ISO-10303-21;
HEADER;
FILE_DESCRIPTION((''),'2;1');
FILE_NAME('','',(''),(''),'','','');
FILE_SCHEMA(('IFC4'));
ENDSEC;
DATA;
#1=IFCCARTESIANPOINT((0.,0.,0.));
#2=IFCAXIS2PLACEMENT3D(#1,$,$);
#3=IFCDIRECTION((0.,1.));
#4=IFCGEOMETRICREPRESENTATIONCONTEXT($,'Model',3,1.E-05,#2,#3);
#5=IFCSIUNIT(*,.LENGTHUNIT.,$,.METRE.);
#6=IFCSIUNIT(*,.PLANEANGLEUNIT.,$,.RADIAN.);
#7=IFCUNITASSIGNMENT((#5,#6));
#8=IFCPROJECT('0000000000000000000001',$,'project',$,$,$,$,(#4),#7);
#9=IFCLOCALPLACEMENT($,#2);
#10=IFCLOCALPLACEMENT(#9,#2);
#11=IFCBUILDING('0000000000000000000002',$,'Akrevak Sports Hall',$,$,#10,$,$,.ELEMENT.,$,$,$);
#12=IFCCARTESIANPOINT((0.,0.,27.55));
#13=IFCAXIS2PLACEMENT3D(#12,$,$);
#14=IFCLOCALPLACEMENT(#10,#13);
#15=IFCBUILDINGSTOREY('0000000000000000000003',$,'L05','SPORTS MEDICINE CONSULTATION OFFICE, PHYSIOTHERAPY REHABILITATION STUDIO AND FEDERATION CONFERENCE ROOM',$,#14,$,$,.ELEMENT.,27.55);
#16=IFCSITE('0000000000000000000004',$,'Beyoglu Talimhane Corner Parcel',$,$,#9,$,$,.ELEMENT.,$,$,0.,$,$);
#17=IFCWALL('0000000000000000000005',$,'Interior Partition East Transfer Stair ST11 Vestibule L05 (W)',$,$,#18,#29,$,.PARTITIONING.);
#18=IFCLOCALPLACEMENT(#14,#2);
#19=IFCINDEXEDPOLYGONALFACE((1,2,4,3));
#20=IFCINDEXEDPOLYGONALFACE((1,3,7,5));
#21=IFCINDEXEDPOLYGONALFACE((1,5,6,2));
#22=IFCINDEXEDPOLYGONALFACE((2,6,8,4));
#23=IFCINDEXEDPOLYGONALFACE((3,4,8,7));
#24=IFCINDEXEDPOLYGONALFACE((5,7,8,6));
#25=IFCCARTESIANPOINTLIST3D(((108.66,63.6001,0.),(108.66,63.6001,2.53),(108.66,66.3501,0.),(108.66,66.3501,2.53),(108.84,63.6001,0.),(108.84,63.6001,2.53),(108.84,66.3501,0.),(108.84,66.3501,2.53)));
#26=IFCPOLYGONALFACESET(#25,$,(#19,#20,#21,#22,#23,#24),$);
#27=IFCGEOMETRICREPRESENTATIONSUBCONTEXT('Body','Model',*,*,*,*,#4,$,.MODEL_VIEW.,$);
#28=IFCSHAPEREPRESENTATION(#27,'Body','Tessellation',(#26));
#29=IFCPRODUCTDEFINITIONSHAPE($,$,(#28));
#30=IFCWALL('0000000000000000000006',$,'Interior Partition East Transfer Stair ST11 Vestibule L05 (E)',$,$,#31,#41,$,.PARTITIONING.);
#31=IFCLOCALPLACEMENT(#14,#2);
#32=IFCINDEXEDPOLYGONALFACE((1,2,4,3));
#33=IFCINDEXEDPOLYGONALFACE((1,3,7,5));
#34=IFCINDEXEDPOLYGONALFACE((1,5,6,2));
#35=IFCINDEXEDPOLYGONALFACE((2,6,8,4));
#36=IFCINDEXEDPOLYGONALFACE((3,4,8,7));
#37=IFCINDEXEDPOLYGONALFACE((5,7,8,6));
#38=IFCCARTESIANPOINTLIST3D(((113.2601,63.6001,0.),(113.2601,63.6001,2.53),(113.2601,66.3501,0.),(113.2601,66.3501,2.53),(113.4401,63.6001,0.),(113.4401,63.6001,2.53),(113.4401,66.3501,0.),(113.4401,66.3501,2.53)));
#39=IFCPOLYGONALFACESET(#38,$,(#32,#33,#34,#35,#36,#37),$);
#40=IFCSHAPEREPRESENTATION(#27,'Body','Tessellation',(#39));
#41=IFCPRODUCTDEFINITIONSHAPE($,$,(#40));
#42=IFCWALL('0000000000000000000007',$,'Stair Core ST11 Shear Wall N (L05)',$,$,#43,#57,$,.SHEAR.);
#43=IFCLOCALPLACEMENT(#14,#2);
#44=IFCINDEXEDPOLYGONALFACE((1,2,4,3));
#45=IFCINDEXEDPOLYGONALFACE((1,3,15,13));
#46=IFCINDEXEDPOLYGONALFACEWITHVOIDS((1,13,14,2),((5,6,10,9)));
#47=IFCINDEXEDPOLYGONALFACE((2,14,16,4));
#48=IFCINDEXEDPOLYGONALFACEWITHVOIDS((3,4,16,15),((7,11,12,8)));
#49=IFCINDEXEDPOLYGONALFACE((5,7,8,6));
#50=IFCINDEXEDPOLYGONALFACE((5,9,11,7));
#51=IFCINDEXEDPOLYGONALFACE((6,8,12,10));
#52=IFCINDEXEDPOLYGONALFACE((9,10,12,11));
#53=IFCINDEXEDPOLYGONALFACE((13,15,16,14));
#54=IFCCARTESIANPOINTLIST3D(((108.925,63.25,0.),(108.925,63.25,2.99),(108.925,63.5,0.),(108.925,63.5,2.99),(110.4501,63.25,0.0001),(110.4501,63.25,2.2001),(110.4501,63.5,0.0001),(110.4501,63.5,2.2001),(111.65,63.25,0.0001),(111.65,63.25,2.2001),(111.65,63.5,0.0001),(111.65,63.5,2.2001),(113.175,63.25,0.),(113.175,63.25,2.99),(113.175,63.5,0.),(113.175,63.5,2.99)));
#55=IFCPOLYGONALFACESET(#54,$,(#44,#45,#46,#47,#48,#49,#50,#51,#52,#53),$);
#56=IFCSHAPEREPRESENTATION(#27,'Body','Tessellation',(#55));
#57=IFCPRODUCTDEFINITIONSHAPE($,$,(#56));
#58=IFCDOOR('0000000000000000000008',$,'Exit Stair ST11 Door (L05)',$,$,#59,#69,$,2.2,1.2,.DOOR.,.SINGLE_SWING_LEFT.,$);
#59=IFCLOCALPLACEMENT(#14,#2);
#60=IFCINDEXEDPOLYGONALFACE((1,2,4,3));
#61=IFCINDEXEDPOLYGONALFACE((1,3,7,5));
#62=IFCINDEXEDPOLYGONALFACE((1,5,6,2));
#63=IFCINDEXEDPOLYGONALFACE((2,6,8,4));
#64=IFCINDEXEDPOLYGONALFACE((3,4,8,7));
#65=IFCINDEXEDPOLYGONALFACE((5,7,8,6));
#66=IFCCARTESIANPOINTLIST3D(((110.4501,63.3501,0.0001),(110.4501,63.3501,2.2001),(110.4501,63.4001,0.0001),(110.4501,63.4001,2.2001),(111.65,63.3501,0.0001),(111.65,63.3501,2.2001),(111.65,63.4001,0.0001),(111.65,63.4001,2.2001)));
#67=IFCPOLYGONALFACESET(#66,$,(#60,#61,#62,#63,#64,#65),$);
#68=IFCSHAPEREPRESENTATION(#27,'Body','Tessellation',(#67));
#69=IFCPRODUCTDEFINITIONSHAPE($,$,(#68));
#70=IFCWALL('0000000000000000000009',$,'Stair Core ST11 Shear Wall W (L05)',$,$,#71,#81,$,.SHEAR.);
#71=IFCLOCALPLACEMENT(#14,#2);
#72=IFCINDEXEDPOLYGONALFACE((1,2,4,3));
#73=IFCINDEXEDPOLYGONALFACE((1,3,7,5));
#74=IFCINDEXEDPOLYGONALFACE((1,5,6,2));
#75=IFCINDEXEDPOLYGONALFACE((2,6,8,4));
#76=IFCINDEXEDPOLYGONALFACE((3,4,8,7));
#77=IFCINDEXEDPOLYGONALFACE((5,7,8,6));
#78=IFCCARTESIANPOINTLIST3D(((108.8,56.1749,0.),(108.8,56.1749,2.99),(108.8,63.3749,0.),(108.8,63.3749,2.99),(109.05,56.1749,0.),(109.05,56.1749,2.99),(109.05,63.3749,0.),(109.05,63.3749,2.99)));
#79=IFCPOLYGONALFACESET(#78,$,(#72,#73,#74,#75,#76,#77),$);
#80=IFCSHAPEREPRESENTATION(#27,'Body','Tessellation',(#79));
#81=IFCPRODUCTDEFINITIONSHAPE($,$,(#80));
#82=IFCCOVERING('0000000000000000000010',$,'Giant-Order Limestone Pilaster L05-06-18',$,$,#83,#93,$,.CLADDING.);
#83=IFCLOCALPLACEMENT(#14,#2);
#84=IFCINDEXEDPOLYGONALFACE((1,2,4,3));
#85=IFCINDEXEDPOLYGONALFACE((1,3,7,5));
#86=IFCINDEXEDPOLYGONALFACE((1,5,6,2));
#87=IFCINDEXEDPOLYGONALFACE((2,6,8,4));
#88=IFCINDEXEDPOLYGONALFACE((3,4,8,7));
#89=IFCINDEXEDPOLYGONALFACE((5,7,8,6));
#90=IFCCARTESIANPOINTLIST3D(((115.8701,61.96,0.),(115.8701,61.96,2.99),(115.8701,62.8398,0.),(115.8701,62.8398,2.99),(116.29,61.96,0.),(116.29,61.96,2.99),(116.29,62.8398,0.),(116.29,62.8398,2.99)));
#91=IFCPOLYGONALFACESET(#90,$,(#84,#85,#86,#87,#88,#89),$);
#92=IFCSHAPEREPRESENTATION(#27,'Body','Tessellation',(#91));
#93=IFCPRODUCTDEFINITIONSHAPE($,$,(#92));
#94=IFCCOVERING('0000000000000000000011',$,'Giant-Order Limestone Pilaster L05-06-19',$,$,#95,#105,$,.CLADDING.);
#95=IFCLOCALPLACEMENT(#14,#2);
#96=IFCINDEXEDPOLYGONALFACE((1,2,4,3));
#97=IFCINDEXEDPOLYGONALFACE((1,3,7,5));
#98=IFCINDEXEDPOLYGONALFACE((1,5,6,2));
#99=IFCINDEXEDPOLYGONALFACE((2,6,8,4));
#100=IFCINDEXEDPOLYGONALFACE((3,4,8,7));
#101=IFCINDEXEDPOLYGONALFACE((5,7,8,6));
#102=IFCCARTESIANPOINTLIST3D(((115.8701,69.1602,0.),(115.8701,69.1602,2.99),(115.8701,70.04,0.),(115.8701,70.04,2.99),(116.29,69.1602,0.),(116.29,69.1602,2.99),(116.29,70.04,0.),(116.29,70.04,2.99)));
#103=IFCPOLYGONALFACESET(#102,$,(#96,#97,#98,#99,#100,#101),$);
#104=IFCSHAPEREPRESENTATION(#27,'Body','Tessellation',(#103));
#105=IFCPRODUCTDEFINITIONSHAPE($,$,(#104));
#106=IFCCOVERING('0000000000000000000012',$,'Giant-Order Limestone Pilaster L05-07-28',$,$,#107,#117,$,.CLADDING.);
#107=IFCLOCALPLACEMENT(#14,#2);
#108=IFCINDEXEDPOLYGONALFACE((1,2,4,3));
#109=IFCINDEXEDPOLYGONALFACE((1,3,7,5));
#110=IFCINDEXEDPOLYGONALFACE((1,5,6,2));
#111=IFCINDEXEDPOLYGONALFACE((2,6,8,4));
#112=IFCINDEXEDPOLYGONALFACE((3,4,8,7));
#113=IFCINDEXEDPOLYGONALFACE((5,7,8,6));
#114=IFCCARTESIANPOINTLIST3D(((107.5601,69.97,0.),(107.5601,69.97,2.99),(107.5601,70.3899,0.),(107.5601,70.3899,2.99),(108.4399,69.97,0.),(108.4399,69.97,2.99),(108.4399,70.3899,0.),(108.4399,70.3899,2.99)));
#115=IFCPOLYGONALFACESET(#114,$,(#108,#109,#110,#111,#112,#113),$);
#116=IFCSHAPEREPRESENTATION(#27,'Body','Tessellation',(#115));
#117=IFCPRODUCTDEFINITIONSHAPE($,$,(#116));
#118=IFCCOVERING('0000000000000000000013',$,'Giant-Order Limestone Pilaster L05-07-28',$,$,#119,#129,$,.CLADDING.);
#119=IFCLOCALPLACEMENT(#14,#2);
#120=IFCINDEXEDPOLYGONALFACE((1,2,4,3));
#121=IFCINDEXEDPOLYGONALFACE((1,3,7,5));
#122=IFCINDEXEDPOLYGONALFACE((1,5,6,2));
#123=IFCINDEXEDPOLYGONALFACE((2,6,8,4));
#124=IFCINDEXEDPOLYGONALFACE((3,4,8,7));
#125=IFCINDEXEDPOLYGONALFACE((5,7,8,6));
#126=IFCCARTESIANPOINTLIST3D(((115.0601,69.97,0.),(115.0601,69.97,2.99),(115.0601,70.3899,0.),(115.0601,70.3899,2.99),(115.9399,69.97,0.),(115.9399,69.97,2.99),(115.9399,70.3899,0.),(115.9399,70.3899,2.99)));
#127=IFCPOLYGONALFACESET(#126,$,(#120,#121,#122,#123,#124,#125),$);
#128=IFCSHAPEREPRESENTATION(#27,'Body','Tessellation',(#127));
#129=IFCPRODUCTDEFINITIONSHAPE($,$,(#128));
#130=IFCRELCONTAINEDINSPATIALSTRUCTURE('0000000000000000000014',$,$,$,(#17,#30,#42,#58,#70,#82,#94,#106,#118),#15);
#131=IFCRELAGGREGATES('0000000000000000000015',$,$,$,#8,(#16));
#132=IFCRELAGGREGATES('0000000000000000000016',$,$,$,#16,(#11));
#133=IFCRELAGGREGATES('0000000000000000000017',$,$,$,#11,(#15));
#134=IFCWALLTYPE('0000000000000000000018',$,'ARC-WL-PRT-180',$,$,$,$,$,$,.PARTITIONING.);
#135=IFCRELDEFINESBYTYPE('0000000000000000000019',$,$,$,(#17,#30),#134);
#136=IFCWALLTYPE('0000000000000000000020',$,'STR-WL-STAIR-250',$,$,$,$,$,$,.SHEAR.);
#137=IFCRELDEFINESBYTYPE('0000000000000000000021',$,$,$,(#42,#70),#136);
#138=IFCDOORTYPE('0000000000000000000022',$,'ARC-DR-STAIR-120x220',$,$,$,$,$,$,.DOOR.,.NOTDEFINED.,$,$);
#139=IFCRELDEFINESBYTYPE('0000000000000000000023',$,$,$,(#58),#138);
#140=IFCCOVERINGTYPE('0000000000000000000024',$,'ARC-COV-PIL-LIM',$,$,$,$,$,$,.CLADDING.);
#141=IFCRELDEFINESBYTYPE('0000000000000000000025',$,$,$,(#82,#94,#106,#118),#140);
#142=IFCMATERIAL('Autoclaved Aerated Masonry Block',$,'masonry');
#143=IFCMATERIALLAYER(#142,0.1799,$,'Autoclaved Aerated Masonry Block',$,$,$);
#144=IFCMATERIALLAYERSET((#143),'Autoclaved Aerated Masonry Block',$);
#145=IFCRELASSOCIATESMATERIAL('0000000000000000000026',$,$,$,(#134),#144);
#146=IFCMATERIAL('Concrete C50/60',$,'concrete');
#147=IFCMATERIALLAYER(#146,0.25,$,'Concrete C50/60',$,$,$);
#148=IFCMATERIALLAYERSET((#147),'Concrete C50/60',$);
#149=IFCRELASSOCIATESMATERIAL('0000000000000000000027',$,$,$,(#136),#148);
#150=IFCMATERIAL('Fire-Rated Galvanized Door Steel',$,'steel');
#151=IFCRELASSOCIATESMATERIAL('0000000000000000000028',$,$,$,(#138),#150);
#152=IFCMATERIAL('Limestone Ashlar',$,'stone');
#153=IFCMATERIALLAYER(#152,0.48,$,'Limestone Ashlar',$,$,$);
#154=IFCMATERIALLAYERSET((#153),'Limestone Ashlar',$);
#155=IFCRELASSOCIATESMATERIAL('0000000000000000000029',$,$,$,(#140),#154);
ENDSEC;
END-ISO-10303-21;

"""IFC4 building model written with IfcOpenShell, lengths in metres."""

from ifc_helpers import new_model, si_unit, direction, frame, frame_2d, origin, origin_2d, place, context, subcontext, project, spatial, rectangle, extrude, material, layer, layer_set, type_object, element, fill, save


model = new_model("IFC4")

# Units and contexts
model_context = context("Model", 3, precision=1e-05, world=origin(), true_north=direction((0.0, 1.0)))
body_context = subcontext(model_context, "Body", "Model", "MODEL_VIEW")
ifc_project = project(units=[si_unit("LENGTHUNIT", "METRE"), si_unit("PLANEANGLEUNIT", "RADIAN")], contexts=[model_context])

# Site, building, storey
site_placement = place(None, origin())
site = spatial("IfcSite", under=ifc_project, at=site_placement, Name="Beyoglu Talimhane Corner Parcel", CompositionType="ELEMENT", RefElevation=0.0)
building_placement = place(site_placement, origin())
building = spatial("IfcBuilding", under=site, at=building_placement, Name="Akrevak Sports Hall", CompositionType="ELEMENT")
storey_placement = place(building_placement, frame((0.0, 0.0, 27.55)))
storey = spatial("IfcBuildingStorey", under=building, at=storey_placement, Name="L05", Description="SPORTS MEDICINE CONSULTATION OFFICE, PHYSIOTHERAPY REHABILITATION STUDIO AND FEDERATION CONFERENCE ROOM", CompositionType="ELEMENT", Elevation=27.55)

# Shared definitions
ifc_material_1 = material(Name="Concrete C50/60", Category="concrete")

# Shared definitions
ifc_material_2 = material(Name="Limestone Ashlar", Category="stone")

# Shared definitions
ifc_material_3 = material(Name="Autoclaved Aerated Masonry Block", Category="masonry")
ifc_layer_1 = layer(ifc_material_3, 0.1799, Name="Autoclaved Aerated Masonry Block")
ifc_layer_set_1 = layer_set([ifc_layer_1], Name="Autoclaved Aerated Masonry Block")
wall_type_1 = type_object("IfcWallType", Name="ARC-WL-PRT-180", PredefinedType="PARTITIONING", material=ifc_layer_set_1)
ifc_material_4 = material(Name="Fire-Rated Galvanized Door Steel", Category="steel")

# Walls
for number, where, z_axis, x_axis, name in (
    (1, (108.75, 63.6001, 0.0), (0.0, 0.0, 1.0), (0.0, 1.0, 0.0), "Interior Partition East Transfer Stair ST11 Vestibule L05 (W)"),
    (2, (113.3501, 63.6001, 0.0), (0.0, 0.0, 1.0), (0.0, 1.0, 0.0), "Interior Partition East Transfer Stair ST11 Vestibule L05 (E)"),
):
    element("IfcWall", number, at=place(storey_placement, frame(where, z_axis=z_axis, x_axis=x_axis)), inside=storey, type_object=wall_type_1, Name=name, PredefinedType="PARTITIONING", context=body_context, shape_type="SweptSolid", body=[
        extrude(rectangle(XDim=2.75, YDim=0.1799, at=frame_2d((1.375, 0.0))), origin(), (0.0, 0.0, 1.0), 2.53),
    ])

# Wall, opening, door
ifc_layer_2 = layer(ifc_material_1, 0.25, Name="Concrete C50/60")
ifc_layer_set_2 = layer_set([ifc_layer_2], Name="Concrete C50/60")
wall_type_2 = type_object("IfcWallType", Name="STR-WL-STAIR-250", PredefinedType="SHEAR", material=ifc_layer_set_2)
wall_1_placement = place(storey_placement, frame((113.175, 63.375, 0.0), z_axis=(0.0, 0.0, 1.0), x_axis=(-1.0, 0.0, 0.0)))
wall_1 = element("IfcWall", 3, at=wall_1_placement, inside=storey, type_object=wall_type_2, Name="Stair Core ST11 Shear Wall N (L05)", PredefinedType="SHEAR", context=body_context, shape_type="SweptSolid", body=[
    extrude(rectangle(XDim=4.25, YDim=0.25, at=frame_2d((2.125, 0.0))), origin(), (0.0, 0.0, 1.0), 2.99),
])
opening_1_placement = place(wall_1_placement, frame((1.5249, 0.0, 0.0)))
opening_1 = element("IfcOpeningElement", 4, at=opening_1_placement, cuts=wall_1, PredefinedType="OPENING", context=body_context, shape_type="SweptSolid", body=[
    extrude(rectangle(XDim=1.2, YDim=2.2, at=frame_2d((0.6001, 1.1001))), frame((0.0, 0.137, 0.0), z_axis=(0.0, -1.0, 0.0), x_axis=(1.0, 0.0, 0.0)), (0.0, 0.0, 1.0), 0.2739),
])
door_type_1 = type_object("IfcDoorType", Name="ARC-DR-STAIR-120x220", OperationType="NOTDEFINED", PredefinedType="DOOR", material=ifc_material_4)
door_1_placement = place(opening_1_placement, origin())
door_1 = element("IfcDoor", 5, at=door_1_placement, inside=storey, type_object=door_type_1, Name="Exit Stair ST11 Door (L05)", OperationType="SINGLE_SWING_LEFT", OverallHeight=2.2, OverallWidth=1.2, PredefinedType="DOOR", context=body_context, shape_type="SweptSolid", body=[
    extrude(rectangle(XDim=1.2, YDim=2.2, at=frame_2d((0.6001, 1.1001))), frame((0.0, 0.0249, 0.0), z_axis=(0.0, -1.0, 0.0), x_axis=(1.0, 0.0, 0.0)), (0.0, 0.0, 1.0), 0.05),
])
fill(opening_1, door_1)

# Wall
wall_2_placement = place(storey_placement, frame((108.925, 63.375, 0.0), z_axis=(0.0, 0.0, 1.0), x_axis=(0.0, -1.0, 0.0)))
element("IfcWall", 6, at=wall_2_placement, inside=storey, type_object=wall_type_2, Name="Stair Core ST11 Shear Wall W (L05)", PredefinedType="SHEAR", context=body_context, shape_type="SweptSolid", body=[
    extrude(rectangle(XDim=7.2, YDim=0.25, at=frame_2d((3.6001, 0.0))), origin(), (0.0, 0.0, 1.0), 2.99),
])

# Coverings
ifc_layer_3 = layer(ifc_material_2, 0.48, Name="Limestone Ashlar")
ifc_layer_set_3 = layer_set([ifc_layer_3], Name="Limestone Ashlar")
covering_type = type_object("IfcCoveringType", Name="ARC-COV-PIL-LIM", PredefinedType="CLADDING", material=ifc_layer_set_3)
for number, where, z_axis, x_axis, name in (
    (7, (116.0801, 62.3999, 0.0), (0.0, 0.0, 1.0), (0.0, 1.0, 0.0), "Giant-Order Limestone Pilaster L05-06-18"),
    (8, (116.0801, 69.6001, 0.0), (0.0, 0.0, 1.0), (0.0, 1.0, 0.0), "Giant-Order Limestone Pilaster L05-06-19"),
    (9, (108.0, 70.1799, 0.0), (0.0, 0.0, 1.0), (-1.0, 0.0, 0.0), "Giant-Order Limestone Pilaster L05-07-28"),
    (10, (115.5, 70.1799, 0.0), (0.0, 0.0, 1.0), (-1.0, 0.0, 0.0), "Giant-Order Limestone Pilaster L05-07-28"),
):
    element("IfcCovering", number, at=place(storey_placement, frame(where, z_axis=z_axis, x_axis=x_axis)), inside=storey, type_object=covering_type, Name=name, PredefinedType="CLADDING", context=body_context, shape_type="SweptSolid", body=[
        extrude(rectangle(XDim=0.8799, YDim=0.4199, at=origin_2d()), origin(), (0.0, 0.0, 1.0), 2.99),
    ])

save(model, "model.ifc")
